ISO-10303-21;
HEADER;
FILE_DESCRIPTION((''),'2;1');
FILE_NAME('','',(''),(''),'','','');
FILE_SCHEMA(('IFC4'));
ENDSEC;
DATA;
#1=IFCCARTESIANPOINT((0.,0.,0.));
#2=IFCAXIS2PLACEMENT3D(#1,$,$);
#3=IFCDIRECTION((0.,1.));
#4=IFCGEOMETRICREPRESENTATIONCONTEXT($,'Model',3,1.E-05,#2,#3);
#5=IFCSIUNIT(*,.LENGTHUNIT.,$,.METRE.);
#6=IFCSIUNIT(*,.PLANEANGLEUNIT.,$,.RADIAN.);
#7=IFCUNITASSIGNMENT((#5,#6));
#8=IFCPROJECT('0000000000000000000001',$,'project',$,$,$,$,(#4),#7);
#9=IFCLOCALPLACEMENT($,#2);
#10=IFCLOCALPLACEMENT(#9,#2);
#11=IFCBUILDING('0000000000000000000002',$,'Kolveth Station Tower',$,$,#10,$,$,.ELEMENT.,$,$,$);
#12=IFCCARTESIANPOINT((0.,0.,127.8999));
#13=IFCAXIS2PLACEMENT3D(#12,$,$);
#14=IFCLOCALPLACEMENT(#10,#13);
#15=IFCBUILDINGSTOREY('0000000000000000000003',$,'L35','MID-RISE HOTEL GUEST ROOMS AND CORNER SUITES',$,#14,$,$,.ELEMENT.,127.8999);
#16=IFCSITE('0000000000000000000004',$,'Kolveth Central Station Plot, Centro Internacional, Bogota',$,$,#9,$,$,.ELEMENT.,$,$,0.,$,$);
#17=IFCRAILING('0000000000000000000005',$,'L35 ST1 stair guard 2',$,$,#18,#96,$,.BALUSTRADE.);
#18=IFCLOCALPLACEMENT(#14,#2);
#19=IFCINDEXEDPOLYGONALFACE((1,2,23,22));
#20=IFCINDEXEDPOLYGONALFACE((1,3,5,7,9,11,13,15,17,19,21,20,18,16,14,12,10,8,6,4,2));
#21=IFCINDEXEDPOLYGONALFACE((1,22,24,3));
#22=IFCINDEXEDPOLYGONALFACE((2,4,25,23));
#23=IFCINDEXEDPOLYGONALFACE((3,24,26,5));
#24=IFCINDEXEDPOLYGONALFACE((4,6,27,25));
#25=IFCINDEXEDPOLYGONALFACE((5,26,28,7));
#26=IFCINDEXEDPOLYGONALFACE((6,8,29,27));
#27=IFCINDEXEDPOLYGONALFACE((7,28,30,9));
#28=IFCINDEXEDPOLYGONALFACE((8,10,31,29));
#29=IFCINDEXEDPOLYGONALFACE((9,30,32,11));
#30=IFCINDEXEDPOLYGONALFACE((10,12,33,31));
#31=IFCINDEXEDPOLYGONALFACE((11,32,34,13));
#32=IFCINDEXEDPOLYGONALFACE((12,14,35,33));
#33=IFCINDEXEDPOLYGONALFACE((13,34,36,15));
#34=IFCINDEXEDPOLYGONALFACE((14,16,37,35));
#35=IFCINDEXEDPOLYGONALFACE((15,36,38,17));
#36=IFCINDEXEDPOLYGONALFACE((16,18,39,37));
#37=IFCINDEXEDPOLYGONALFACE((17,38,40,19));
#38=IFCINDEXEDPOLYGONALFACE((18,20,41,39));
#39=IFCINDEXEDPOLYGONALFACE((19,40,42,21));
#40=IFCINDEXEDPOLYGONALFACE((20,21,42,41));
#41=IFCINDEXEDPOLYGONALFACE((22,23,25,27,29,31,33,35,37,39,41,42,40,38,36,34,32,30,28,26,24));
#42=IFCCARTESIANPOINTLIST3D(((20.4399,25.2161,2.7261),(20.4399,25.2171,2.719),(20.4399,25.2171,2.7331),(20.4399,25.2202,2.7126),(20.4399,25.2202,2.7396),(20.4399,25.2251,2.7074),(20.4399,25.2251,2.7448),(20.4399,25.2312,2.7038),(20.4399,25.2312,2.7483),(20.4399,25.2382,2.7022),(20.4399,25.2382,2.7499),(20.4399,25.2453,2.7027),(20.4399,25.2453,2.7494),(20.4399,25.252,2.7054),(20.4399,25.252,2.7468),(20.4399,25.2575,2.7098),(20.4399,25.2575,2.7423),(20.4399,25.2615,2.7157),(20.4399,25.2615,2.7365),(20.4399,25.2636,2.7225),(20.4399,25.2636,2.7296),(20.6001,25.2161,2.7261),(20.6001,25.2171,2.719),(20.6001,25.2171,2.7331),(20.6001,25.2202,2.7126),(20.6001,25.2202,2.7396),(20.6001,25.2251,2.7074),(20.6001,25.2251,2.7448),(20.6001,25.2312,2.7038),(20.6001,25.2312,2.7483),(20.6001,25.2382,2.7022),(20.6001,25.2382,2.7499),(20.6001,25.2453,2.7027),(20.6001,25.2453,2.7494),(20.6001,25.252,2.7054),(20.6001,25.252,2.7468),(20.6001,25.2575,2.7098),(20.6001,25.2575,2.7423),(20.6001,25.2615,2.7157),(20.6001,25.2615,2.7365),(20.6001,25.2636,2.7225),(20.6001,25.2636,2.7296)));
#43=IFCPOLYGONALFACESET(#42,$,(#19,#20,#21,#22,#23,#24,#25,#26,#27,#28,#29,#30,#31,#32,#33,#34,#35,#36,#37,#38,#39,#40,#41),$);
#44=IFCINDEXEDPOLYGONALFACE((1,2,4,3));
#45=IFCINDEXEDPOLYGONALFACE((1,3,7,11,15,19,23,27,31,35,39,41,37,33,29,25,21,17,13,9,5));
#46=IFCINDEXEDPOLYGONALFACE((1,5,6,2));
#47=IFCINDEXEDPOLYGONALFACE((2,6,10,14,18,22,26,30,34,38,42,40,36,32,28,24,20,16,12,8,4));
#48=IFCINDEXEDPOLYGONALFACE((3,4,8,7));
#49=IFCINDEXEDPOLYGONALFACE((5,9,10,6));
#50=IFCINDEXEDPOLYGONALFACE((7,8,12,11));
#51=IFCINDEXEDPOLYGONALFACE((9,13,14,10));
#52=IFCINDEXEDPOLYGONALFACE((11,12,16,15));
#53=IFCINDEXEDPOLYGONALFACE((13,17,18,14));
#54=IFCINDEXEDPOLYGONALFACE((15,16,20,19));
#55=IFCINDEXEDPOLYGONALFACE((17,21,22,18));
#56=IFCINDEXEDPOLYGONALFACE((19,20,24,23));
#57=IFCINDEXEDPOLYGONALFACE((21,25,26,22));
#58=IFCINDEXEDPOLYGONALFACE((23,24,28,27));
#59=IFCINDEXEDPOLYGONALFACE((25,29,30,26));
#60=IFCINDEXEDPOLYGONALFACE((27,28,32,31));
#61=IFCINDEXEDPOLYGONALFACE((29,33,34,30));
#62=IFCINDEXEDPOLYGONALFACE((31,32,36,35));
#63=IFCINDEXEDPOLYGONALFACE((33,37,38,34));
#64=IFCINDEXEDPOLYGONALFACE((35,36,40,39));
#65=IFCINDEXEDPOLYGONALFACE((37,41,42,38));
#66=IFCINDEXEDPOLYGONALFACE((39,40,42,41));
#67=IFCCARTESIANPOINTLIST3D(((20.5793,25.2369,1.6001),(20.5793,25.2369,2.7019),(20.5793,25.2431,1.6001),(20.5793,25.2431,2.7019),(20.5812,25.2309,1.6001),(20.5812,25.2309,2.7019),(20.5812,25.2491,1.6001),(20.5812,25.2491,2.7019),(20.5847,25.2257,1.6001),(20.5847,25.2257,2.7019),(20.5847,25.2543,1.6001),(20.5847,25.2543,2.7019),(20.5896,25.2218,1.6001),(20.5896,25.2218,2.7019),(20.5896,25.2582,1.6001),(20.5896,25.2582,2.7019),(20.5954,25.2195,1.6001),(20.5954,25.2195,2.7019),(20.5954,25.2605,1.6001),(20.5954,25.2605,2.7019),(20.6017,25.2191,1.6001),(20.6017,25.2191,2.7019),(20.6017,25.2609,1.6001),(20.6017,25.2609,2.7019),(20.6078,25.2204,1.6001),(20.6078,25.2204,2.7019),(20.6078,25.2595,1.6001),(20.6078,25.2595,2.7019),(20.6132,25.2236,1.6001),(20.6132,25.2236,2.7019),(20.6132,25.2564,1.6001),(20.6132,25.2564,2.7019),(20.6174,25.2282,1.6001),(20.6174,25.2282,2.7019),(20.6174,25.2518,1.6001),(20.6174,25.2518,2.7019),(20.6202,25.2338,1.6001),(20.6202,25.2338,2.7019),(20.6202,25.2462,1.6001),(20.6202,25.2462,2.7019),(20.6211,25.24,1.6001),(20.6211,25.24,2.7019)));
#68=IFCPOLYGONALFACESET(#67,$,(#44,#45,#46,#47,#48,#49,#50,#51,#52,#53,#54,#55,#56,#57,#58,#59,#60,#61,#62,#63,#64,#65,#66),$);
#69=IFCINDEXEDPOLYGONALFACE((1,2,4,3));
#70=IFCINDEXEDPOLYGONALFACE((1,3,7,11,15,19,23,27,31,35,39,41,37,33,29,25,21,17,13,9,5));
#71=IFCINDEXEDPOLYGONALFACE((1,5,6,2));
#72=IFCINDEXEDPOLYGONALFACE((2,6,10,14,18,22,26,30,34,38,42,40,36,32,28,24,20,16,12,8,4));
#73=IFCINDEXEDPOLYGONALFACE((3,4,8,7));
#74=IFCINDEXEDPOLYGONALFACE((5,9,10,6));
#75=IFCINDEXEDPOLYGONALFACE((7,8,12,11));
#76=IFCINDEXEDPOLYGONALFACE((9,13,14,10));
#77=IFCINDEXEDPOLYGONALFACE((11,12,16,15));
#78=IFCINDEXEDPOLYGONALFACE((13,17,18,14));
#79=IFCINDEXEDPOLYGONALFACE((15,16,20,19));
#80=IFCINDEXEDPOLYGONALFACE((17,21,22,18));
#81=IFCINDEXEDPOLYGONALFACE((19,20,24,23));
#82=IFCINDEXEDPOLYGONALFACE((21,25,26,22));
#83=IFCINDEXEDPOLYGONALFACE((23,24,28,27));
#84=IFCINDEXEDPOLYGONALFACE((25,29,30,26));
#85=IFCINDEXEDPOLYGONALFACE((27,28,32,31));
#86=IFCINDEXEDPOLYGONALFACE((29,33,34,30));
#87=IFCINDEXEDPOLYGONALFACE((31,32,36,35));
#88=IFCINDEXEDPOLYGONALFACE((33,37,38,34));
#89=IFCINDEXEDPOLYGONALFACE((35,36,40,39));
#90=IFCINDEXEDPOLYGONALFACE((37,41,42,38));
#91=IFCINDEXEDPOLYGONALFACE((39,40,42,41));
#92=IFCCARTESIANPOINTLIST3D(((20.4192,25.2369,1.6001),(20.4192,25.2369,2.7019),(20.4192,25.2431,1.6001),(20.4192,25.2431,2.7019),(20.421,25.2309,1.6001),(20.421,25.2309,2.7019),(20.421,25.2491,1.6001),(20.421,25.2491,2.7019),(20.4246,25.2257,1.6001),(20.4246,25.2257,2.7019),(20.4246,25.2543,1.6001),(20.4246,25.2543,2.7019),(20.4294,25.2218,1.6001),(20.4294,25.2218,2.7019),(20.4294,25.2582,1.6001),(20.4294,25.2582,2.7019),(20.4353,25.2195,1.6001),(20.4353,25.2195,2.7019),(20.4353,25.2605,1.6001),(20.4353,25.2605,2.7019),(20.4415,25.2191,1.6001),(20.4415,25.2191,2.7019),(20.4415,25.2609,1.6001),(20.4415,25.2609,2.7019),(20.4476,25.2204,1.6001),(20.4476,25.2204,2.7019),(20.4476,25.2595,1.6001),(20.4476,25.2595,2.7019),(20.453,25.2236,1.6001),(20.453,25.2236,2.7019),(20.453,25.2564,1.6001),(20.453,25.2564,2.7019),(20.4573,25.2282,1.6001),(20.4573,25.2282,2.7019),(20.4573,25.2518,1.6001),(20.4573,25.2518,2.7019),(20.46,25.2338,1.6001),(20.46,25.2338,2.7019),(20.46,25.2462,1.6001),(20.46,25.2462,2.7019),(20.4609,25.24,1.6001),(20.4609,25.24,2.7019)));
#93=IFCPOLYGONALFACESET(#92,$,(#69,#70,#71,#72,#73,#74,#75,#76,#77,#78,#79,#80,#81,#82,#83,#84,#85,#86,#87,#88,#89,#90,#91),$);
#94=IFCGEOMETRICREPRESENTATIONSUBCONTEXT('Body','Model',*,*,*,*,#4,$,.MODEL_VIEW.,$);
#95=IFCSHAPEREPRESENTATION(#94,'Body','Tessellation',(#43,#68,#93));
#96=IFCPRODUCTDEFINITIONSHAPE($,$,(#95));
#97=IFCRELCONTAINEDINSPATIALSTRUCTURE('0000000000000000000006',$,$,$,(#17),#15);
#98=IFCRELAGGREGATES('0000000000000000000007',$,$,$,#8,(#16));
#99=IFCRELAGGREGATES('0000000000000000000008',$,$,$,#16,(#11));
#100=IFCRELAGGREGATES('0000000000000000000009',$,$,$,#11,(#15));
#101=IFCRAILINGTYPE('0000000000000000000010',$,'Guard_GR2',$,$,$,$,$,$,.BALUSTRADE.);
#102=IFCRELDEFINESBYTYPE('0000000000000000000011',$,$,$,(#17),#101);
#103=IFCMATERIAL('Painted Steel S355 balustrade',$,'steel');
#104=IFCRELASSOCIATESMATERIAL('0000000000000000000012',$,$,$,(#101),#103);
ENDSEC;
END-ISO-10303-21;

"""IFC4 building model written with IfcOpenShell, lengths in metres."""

from ifc_helpers import new_model, si_unit, direction, frame, origin, origin_2d, place, context, subcontext, project, spatial, circle, extrude, material, type_object, element, save


model = new_model("IFC4")

# Units and contexts
model_context = context("Model", 3, precision=1e-05, world=origin(), true_north=direction((0.0, 1.0)))
body_context = subcontext(model_context, "Body", "Model", "MODEL_VIEW")
ifc_project = project(units=[si_unit("LENGTHUNIT", "METRE"), si_unit("PLANEANGLEUNIT", "RADIAN")], contexts=[model_context])

# Site, building, storey
site_placement = place(None, origin())
site = spatial("IfcSite", under=ifc_project, at=site_placement, Name="Kolveth Central Station Plot, Centro Internacional, Bogota", CompositionType="ELEMENT", RefElevation=0.0)
building_placement = place(site_placement, origin())
building = spatial("IfcBuilding", under=site, at=building_placement, Name="Kolveth Station Tower", CompositionType="ELEMENT")
storey_placement = place(building_placement, frame((0.0, 0.0, 127.8999)))
storey = spatial("IfcBuildingStorey", under=building, at=storey_placement, Name="L35", Description="MID-RISE HOTEL GUEST ROOMS AND CORNER SUITES", CompositionType="ELEMENT", Elevation=127.8999)

# Railing
ifc_material_1 = material(Name="Painted Steel S355 balustrade", Category="steel")
railing_type_1 = type_object("IfcRailingType", Name="Guard_GR2", PredefinedType="BALUSTRADE", material=ifc_material_1)
railing_1_placement = place(storey_placement, frame((20.6001, 25.24, 1.6001)))
element("IfcRailing", 1, at=railing_1_placement, inside=storey, type_object=railing_type_1, Name="L35 ST1 stair guard 2", PredefinedType="BALUSTRADE", context=body_context, shape_type="SweptSolid", body=[
    extrude(circle(Radius=0.0239, at=origin_2d()), frame((0.0, 0.0, 1.126), z_axis=(-1.0, 0.0, 0.0), x_axis=(0.0, -1.0, 0.0)), (0.0, 0.0, 1.0), 0.1602),
    extrude(circle(Radius=0.021, at=origin_2d()), origin(), (0.0, 0.0, 1.0), 1.1018),
    extrude(circle(Radius=0.021, at=origin_2d()), frame((-0.1602, 0.0, 0.0)), (0.0, 0.0, 1.0), 1.1018),
])

save(model, "model.ifc")
